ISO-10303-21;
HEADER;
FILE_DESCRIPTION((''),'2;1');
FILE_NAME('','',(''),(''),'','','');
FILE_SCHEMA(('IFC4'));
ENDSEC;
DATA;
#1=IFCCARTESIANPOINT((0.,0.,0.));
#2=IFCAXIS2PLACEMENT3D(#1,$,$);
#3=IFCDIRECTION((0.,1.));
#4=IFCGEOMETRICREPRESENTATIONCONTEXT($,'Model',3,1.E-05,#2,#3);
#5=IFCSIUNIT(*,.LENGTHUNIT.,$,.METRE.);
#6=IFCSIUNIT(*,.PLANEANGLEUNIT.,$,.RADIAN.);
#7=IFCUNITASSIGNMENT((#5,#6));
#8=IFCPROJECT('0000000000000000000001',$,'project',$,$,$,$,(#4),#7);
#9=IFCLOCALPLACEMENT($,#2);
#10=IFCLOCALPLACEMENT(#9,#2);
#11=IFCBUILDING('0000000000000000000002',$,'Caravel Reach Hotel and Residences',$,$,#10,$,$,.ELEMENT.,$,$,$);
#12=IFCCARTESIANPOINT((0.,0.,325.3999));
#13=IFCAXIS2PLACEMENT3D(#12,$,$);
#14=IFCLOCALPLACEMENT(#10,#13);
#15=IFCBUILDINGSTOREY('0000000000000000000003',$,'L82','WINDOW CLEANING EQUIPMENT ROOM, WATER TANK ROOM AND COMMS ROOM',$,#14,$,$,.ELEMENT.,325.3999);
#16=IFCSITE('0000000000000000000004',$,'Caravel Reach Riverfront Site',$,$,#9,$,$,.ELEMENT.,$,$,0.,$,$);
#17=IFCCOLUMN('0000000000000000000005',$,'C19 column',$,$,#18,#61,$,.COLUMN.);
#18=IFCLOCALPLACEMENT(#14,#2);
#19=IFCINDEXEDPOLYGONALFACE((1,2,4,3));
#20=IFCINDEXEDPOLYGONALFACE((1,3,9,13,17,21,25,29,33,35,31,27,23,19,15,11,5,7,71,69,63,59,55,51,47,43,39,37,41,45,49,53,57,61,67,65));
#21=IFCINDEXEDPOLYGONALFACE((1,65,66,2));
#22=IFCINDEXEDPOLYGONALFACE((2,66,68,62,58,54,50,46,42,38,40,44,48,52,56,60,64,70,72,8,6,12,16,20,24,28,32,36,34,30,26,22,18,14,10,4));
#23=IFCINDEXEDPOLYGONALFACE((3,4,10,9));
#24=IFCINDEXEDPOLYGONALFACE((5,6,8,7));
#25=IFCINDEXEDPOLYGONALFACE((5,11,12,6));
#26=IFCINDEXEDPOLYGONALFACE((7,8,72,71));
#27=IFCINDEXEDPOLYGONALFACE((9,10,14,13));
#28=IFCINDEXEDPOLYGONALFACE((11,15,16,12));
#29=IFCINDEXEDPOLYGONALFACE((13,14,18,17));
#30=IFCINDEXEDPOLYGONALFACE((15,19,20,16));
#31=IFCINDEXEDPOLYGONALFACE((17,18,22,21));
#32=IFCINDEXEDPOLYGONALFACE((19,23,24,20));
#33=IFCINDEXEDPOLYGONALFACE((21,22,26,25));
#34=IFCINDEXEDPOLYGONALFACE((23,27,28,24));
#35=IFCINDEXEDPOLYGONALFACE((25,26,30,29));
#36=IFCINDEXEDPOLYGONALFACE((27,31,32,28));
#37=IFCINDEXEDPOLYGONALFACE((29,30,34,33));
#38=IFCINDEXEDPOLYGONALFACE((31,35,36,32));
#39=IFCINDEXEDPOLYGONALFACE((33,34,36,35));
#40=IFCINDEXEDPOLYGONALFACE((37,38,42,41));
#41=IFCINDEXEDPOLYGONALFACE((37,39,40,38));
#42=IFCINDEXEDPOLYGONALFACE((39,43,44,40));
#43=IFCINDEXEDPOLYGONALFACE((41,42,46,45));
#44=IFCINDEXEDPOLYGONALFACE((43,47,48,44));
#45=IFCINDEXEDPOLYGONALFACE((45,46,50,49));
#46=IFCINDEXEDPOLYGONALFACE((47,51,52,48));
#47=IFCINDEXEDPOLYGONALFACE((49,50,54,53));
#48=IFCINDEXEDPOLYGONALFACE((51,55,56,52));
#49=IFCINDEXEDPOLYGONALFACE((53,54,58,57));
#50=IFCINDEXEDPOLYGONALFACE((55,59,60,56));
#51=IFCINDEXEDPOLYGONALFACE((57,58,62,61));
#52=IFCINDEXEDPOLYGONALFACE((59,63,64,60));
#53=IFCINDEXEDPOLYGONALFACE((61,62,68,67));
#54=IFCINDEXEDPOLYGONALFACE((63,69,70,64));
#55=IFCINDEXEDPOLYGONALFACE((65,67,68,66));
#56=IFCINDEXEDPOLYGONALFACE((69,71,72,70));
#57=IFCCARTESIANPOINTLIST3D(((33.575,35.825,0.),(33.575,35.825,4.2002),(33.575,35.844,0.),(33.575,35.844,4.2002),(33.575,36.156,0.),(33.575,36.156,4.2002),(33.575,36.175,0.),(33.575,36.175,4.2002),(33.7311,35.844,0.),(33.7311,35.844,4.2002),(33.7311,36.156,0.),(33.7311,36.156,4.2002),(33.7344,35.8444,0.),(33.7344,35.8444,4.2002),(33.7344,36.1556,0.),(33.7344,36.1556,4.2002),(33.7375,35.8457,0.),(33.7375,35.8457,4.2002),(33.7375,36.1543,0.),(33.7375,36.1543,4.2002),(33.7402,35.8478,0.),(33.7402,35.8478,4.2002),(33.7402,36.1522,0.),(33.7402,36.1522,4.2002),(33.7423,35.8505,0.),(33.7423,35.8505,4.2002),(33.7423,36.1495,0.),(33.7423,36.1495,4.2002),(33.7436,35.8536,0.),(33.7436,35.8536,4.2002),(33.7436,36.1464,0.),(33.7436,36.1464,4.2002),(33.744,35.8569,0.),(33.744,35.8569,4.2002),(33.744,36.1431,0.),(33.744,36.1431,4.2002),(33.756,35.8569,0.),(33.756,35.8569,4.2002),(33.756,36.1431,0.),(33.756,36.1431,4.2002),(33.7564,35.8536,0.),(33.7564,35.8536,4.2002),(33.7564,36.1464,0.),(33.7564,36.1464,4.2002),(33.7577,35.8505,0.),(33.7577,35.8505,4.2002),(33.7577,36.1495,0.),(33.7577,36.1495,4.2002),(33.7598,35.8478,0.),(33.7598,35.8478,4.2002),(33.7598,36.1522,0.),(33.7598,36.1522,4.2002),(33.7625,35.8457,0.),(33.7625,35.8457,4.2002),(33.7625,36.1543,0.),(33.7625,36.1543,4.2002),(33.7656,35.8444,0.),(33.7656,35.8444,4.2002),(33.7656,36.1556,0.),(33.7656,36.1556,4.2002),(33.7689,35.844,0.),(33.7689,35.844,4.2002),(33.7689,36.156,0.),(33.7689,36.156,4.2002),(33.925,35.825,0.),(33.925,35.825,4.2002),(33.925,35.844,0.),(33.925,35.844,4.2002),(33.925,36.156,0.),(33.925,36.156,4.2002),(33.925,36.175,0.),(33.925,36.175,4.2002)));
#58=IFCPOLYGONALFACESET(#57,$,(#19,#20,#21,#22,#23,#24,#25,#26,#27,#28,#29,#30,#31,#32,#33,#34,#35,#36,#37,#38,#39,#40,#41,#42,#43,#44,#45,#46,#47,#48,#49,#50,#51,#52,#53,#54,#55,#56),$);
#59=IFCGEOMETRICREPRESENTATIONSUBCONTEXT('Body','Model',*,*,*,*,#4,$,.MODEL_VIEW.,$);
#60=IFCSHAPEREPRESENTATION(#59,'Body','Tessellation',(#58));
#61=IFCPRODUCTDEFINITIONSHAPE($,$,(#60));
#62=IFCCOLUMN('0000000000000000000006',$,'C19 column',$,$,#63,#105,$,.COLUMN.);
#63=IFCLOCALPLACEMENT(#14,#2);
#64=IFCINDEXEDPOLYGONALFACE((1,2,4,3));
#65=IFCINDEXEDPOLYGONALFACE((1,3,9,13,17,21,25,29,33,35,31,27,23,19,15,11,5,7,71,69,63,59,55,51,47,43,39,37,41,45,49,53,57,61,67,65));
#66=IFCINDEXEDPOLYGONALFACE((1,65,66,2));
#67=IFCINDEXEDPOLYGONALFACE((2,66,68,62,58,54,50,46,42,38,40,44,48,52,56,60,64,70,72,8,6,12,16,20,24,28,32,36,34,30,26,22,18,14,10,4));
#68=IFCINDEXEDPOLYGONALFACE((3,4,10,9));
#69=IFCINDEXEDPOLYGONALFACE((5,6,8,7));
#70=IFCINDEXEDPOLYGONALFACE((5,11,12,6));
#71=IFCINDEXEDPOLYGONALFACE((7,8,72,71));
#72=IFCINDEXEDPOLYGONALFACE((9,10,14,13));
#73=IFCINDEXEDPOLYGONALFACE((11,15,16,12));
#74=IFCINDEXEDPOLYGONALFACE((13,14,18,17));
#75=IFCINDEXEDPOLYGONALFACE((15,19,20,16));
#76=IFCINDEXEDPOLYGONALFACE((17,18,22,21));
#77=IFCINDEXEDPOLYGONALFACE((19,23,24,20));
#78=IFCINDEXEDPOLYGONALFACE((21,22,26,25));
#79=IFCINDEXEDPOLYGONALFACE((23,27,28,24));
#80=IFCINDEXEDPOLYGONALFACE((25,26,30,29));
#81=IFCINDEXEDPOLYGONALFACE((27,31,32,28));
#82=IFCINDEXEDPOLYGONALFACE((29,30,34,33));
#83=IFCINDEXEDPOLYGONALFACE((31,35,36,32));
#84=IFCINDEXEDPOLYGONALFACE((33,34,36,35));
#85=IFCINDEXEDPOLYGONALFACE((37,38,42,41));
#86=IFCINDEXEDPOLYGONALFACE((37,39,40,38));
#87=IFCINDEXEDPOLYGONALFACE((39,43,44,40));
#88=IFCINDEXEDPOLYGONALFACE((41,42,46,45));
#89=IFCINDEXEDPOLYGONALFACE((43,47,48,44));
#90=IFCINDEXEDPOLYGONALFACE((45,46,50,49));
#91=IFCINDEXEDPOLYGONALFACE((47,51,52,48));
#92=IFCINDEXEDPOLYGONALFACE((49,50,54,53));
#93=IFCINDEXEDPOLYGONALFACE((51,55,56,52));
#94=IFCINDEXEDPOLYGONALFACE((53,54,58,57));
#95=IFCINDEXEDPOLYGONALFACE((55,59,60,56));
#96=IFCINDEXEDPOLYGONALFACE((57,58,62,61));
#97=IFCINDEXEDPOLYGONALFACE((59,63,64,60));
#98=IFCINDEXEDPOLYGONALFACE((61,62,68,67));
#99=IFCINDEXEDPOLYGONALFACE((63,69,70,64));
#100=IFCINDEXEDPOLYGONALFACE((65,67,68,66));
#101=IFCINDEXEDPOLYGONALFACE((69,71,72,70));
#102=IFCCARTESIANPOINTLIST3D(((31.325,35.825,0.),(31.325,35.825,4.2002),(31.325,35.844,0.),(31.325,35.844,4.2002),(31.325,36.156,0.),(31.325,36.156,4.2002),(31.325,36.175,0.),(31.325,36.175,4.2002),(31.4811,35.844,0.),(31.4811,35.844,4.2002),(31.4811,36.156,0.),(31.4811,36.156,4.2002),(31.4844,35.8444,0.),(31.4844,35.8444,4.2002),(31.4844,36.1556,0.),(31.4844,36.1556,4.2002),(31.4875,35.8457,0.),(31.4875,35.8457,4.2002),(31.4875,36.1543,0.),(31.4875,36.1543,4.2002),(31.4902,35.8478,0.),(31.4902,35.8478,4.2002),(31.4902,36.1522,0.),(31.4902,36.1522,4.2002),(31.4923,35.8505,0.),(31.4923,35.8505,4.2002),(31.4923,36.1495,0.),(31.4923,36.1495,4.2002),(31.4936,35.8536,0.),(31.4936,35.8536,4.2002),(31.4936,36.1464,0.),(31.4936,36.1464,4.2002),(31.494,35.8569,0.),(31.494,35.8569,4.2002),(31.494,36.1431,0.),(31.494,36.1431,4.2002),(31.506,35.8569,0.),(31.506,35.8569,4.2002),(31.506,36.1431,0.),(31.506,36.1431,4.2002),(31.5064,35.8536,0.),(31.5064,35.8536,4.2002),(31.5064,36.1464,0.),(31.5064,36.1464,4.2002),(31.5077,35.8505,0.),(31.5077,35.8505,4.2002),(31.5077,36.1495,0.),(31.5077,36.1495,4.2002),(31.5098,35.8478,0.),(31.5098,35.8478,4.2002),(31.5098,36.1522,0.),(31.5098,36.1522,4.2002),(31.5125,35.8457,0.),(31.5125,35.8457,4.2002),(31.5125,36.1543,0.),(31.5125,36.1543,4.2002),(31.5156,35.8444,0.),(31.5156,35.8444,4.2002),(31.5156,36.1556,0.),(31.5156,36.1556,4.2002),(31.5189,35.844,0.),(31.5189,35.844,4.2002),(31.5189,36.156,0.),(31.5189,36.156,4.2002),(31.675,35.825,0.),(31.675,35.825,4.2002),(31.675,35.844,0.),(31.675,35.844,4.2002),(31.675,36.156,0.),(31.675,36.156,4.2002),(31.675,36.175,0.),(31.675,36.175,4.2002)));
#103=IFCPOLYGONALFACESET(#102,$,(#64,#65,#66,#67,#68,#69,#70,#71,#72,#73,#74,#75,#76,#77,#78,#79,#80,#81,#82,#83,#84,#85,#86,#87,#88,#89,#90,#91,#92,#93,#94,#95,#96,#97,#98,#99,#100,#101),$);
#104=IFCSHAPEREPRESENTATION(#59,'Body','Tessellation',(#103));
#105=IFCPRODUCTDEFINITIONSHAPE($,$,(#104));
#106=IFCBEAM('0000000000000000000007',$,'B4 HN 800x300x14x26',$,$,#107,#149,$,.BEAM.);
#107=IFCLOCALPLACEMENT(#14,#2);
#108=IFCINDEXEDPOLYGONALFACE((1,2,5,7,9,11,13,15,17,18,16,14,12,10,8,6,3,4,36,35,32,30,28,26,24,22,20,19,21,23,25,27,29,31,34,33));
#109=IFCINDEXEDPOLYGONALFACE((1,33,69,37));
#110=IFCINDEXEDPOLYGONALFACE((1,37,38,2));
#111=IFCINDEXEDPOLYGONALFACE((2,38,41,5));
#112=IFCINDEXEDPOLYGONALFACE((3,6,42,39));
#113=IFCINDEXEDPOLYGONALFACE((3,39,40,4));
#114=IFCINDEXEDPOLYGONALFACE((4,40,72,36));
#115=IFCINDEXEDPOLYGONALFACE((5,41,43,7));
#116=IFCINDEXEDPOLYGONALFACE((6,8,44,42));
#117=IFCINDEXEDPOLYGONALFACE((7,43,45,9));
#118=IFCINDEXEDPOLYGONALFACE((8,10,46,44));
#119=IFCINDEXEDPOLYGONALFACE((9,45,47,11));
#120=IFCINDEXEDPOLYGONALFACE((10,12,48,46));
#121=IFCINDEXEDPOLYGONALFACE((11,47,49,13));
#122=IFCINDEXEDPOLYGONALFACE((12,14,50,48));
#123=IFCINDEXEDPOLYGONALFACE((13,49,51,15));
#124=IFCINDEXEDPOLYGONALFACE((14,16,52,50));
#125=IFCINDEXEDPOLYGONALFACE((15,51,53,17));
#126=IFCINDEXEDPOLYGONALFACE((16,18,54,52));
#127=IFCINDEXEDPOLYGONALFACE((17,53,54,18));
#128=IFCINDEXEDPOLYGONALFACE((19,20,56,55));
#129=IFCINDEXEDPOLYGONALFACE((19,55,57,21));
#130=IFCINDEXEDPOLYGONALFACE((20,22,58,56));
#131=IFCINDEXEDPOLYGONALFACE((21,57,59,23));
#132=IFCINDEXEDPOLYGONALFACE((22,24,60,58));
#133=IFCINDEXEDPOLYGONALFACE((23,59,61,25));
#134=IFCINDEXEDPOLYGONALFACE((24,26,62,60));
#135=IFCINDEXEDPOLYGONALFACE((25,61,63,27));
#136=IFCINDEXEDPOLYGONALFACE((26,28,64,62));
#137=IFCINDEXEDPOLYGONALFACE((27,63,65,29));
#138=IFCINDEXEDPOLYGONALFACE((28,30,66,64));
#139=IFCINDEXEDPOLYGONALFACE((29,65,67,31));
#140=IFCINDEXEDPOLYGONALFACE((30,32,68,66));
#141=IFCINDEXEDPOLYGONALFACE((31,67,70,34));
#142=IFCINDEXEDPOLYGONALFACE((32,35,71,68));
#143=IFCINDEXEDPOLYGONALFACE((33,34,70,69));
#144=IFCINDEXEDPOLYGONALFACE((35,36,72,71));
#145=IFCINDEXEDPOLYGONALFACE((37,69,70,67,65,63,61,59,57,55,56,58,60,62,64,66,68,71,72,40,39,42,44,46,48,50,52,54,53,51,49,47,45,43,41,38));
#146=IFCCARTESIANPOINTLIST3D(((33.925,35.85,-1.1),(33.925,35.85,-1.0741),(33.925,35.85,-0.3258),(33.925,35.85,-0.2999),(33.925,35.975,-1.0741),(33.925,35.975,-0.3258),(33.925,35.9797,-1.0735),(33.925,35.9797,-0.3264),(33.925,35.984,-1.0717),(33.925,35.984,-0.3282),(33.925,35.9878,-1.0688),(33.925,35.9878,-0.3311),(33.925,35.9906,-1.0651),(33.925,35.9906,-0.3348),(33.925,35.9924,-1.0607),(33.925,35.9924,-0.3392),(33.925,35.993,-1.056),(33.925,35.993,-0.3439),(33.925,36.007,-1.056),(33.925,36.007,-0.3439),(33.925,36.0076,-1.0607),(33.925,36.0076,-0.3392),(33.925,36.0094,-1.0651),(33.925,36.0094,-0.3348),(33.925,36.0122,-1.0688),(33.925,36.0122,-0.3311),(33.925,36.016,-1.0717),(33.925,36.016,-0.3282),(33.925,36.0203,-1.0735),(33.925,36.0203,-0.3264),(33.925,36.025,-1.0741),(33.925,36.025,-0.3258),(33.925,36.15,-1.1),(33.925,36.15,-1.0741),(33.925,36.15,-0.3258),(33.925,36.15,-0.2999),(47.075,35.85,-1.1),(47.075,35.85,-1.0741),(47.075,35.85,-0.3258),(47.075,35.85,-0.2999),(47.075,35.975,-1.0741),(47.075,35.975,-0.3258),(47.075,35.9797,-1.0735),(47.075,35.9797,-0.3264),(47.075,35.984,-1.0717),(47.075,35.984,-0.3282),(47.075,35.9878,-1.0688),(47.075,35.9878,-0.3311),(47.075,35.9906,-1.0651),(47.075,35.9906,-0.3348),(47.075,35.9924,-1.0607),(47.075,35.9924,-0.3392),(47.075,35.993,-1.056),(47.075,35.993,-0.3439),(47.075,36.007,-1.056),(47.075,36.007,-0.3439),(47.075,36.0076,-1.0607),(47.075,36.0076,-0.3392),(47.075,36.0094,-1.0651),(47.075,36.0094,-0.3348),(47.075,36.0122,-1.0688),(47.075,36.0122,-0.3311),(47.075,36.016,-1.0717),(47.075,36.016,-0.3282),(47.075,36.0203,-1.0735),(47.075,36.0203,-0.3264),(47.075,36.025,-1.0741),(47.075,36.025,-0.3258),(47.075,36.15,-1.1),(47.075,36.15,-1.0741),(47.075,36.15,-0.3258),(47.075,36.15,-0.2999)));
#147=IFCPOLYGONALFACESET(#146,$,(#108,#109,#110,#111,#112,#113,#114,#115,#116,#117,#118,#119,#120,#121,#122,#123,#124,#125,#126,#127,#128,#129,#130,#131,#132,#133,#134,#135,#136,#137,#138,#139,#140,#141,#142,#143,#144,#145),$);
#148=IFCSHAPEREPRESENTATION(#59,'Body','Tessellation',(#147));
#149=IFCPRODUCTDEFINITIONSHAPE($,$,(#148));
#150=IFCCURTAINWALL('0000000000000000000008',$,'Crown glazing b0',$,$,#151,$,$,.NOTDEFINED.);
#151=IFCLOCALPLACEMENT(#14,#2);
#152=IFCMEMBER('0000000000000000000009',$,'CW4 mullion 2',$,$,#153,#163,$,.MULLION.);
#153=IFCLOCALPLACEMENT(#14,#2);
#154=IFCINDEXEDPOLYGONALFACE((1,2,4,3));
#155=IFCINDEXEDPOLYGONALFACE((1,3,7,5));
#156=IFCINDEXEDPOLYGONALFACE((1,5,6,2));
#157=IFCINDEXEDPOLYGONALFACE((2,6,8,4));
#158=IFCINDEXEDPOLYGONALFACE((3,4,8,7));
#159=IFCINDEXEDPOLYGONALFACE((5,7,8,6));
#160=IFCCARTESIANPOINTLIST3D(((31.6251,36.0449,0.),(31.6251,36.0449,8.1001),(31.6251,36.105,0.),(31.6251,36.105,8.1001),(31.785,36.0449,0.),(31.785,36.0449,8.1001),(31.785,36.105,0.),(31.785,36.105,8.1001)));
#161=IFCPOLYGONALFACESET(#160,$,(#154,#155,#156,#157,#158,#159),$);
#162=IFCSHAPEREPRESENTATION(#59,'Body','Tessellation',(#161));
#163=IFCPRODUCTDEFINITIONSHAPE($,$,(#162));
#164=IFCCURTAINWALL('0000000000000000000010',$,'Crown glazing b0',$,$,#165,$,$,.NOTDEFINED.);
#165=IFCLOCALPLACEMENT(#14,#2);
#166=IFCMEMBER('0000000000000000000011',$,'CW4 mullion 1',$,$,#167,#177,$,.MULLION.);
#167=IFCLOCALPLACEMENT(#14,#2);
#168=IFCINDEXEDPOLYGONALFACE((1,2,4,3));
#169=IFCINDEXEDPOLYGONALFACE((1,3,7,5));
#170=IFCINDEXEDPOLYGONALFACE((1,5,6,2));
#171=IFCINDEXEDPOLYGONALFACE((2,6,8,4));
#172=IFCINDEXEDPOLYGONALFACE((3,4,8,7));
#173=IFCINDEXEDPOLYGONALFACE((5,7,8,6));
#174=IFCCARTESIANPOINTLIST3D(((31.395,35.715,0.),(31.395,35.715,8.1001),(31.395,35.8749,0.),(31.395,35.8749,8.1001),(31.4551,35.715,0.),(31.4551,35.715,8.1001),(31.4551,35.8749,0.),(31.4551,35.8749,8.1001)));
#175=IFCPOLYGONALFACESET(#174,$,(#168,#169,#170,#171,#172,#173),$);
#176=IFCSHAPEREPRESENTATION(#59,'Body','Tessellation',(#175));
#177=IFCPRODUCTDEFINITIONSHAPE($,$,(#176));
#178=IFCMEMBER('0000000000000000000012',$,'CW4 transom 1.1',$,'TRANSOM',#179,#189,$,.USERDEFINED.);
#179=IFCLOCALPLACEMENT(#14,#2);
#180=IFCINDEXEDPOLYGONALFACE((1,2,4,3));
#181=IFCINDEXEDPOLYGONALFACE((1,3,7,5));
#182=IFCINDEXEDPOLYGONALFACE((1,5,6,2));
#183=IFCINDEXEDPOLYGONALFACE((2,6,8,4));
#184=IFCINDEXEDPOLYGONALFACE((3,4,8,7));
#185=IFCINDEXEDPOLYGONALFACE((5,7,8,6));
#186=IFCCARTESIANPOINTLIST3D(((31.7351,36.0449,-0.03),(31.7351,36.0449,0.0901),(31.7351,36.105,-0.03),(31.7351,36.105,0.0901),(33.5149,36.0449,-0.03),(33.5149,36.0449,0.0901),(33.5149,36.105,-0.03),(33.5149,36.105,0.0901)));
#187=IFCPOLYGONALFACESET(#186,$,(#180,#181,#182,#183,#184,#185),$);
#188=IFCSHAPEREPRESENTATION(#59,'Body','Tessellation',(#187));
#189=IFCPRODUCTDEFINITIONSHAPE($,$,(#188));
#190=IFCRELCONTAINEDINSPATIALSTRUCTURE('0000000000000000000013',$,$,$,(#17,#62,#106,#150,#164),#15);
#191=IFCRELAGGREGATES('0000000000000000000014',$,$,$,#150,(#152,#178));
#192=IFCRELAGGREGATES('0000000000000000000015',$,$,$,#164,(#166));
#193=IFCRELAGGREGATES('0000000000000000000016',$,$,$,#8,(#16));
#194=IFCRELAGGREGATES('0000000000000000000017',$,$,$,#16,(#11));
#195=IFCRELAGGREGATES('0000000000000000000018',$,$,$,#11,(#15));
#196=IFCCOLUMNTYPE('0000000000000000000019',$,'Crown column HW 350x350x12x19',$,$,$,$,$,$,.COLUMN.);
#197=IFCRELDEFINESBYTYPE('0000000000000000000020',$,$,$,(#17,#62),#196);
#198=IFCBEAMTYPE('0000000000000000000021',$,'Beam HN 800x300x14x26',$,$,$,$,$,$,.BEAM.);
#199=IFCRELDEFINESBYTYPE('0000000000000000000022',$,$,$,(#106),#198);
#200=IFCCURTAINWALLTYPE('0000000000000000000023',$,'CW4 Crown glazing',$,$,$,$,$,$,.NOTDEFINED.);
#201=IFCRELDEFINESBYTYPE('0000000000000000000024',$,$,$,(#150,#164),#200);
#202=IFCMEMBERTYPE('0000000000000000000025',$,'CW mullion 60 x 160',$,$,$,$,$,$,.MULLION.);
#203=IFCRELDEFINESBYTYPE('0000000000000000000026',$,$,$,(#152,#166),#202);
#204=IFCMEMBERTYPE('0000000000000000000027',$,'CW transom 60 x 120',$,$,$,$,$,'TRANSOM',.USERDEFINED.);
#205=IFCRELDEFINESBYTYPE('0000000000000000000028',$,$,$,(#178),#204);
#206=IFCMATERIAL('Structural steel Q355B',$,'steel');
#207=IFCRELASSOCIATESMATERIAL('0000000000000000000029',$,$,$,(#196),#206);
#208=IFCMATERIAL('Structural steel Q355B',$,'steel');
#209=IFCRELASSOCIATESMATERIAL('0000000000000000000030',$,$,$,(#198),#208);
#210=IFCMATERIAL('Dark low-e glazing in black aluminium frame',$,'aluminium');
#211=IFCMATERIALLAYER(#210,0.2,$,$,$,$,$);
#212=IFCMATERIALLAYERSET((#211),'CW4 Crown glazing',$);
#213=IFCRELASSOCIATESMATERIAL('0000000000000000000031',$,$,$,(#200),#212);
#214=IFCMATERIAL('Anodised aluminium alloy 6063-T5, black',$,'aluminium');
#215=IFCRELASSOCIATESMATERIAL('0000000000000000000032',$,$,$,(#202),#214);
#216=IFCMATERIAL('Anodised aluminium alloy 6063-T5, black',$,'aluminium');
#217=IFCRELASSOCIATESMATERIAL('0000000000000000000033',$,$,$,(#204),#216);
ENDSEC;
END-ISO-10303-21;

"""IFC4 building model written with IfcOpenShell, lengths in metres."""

from ifc_helpers import new_model, si_unit, direction, frame, origin, origin_2d, place, context, subcontext, project, spatial, rectangle, i_section, extrude, material, layer, layer_set, material_profile, profile_set, type_object, element, aggregate, save


model = new_model("IFC4")

# Units and contexts
model_context = context("Model", 3, precision=1e-05, world=origin(), true_north=direction((0.0, 1.0)))
body_context = subcontext(model_context, "Body", "Model", "MODEL_VIEW")
ifc_project = project(units=[si_unit("LENGTHUNIT", "METRE"), si_unit("PLANEANGLEUNIT", "RADIAN")], contexts=[model_context])

# Site, building, storey
site_placement = place(None, origin())
site = spatial("IfcSite", under=ifc_project, at=site_placement, Name="Caravel Reach Riverfront Site", CompositionType="ELEMENT", RefElevation=0.0)
building_placement = place(site_placement, origin())
building = spatial("IfcBuilding", under=site, at=building_placement, Name="Caravel Reach Hotel and Residences", CompositionType="ELEMENT")
storey_placement = place(building_placement, frame((0.0, 0.0, 325.3999)))
storey = spatial("IfcBuildingStorey", under=building, at=storey_placement, Name="L82", Description="WINDOW CLEANING EQUIPMENT ROOM, WATER TANK ROOM AND COMMS ROOM", CompositionType="ELEMENT", Elevation=325.3999)

# Columns
ifc_material_1 = material(Name="Structural steel Q355B", Category="steel")
ifc_material_profile_1 = material_profile(ifc_material_1, i_section(OverallWidth=0.3501, OverallDepth=0.3501, WebThickness=0.012, FlangeThickness=0.019, FilletRadius=0.0129, at=origin_2d()), Name="HW 350x350x12x19")
ifc_profile_set_1 = profile_set([ifc_material_profile_1], Name="Structural steel Q355B")
column_type = type_object("IfcColumnType", Name="Crown column HW 350x350x12x19", PredefinedType="COLUMN", material=ifc_profile_set_1)
for number, where, z_axis, x_axis, name in (
    (1, (33.75, 36.0, 0.0), (0.0, 0.0, 1.0), (1.0, 0.0, 0.0), "C19 column"),
    (2, (31.5, 36.0, 0.0), (0.0, 0.0, 1.0), (1.0, 0.0, 0.0), "C19 column"),
):
    element("IfcColumn", number, at=place(storey_placement, frame(where, z_axis=z_axis, x_axis=x_axis)), inside=storey, type_object=column_type, Name=name, PredefinedType="COLUMN", context=body_context, shape_type="SweptSolid", body=[
        extrude(i_section(OverallWidth=0.3501, OverallDepth=0.3501, WebThickness=0.012, FlangeThickness=0.019, FilletRadius=0.0129, at=origin_2d()), origin(), (0.0, 0.0, 1.0), 4.2002),
    ])

# Beam
ifc_material_2 = material(Name="Structural steel Q355B", Category="steel")
ifc_material_profile_2 = material_profile(ifc_material_2, i_section(OverallWidth=0.3, OverallDepth=0.8, WebThickness=0.0139, FlangeThickness=0.0259, FilletRadius=0.0181, at=origin_2d()), Name="HN 800x300x14x26")
ifc_profile_set_2 = profile_set([ifc_material_profile_2], Name="Structural steel Q355B")
beam_type_1 = type_object("IfcBeamType", Name="Beam HN 800x300x14x26", PredefinedType="BEAM", material=ifc_profile_set_2)
beam_1_placement = place(storey_placement, frame((33.925, 36.0, -0.7), z_axis=(1.0, 0.0, 0.0), x_axis=(0.0, 1.0, 0.0)))
element("IfcBeam", 3, at=beam_1_placement, inside=storey, type_object=beam_type_1, Name="B4 HN 800x300x14x26", PredefinedType="BEAM", context=body_context, shape_type="SweptSolid", body=[
    extrude(i_section(OverallWidth=0.3, OverallDepth=0.8, WebThickness=0.0139, FlangeThickness=0.0259, FilletRadius=0.0181, at=origin_2d()), origin(), (0.0, 0.0, 1.0), 13.1499),
])

# Curtain walls, members
ifc_material_3 = material(Name="Dark low-e glazing in black aluminium frame", Category="aluminium")
ifc_layer_1 = layer(ifc_material_3, 0.2)
ifc_layer_set_1 = layer_set([ifc_layer_1], Name="CW4 Crown glazing")
curtain_wall_type = type_object("IfcCurtainWallType", Name="CW4 Crown glazing", PredefinedType="NOTDEFINED", material=ifc_layer_set_1)
curtain_wall_1_placement = place(storey_placement, origin())
curtain_wall_1 = element("IfcCurtainWall", 4, at=curtain_wall_1_placement, inside=storey, type_object=curtain_wall_type, Name="Crown glazing b0", PredefinedType="NOTDEFINED")
ifc_material_4 = material(Name="Anodised aluminium alloy 6063-T5, black", Category="aluminium")
ifc_material_profile_3 = material_profile(ifc_material_4, rectangle(XDim=0.0601, YDim=0.1599, at=origin_2d()), Name="CW mullion 60 x 160")
ifc_profile_set_3 = profile_set([ifc_material_profile_3], Name="Anodised aluminium alloy 6063-T5, black")
member_type_1 = type_object("IfcMemberType", Name="CW mullion 60 x 160", PredefinedType="MULLION", material=ifc_profile_set_3)
member_1_placement = place(storey_placement, frame((31.7051, 36.075, 0.0), z_axis=(0.0, 0.0, 1.0), x_axis=(0.0, -1.0, 0.0)))
member_1 = element("IfcMember", 5, at=member_1_placement, type_object=member_type_1, Name="CW4 mullion 2", PredefinedType="MULLION", context=body_context, shape_type="SweptSolid", body=[
    extrude(rectangle(XDim=0.0601, YDim=0.1599, at=origin_2d()), origin(), (0.0, 0.0, 1.0), 8.1001),
])
curtain_wall_2_placement = place(storey_placement, origin())
curtain_wall_2 = element("IfcCurtainWall", 6, at=curtain_wall_2_placement, inside=storey, type_object=curtain_wall_type, Name="Crown glazing b0", PredefinedType="NOTDEFINED")
member_2_placement = place(storey_placement, frame((31.425, 35.7949, 0.0), z_axis=(0.0, 0.0, 1.0), x_axis=(1.0, 0.0, 0.0)))
member_2 = element("IfcMember", 7, at=member_2_placement, type_object=member_type_1, Name="CW4 mullion 1", PredefinedType="MULLION", context=body_context, shape_type="SweptSolid", body=[
    extrude(rectangle(XDim=0.0601, YDim=0.1599, at=origin_2d()), origin(), (0.0, 0.0, 1.0), 8.1001),
])

# Member
ifc_material_5 = material(Name="Anodised aluminium alloy 6063-T5, black", Category="aluminium")
ifc_material_profile_4 = material_profile(ifc_material_5, rectangle(XDim=0.0601, YDim=0.1201, at=origin_2d()), Name="CW transom 60 x 120")
ifc_profile_set_4 = profile_set([ifc_material_profile_4], Name="Anodised aluminium alloy 6063-T5, black")
member_type_2 = type_object("IfcMemberType", Name="CW transom 60 x 120", ElementType="TRANSOM", PredefinedType="USERDEFINED", material=ifc_profile_set_4)
member_3_placement = place(storey_placement, frame((33.5149, 36.075, 0.03), z_axis=(-1.0, 0.0, 0.0), x_axis=(0.0, -1.0, 0.0)))
member_3 = element("IfcMember", 8, at=member_3_placement, type_object=member_type_2, Name="CW4 transom 1.1", ObjectType="TRANSOM", PredefinedType="USERDEFINED", context=body_context, shape_type="SweptSolid", body=[
    extrude(rectangle(XDim=0.0601, YDim=0.1201, at=origin_2d()), origin(), (0.0, 0.0, 1.0), 1.7798),
])

aggregate(curtain_wall_1, [member_1, member_3])
aggregate(curtain_wall_2, [member_2])

save(model, "model.ifc")
